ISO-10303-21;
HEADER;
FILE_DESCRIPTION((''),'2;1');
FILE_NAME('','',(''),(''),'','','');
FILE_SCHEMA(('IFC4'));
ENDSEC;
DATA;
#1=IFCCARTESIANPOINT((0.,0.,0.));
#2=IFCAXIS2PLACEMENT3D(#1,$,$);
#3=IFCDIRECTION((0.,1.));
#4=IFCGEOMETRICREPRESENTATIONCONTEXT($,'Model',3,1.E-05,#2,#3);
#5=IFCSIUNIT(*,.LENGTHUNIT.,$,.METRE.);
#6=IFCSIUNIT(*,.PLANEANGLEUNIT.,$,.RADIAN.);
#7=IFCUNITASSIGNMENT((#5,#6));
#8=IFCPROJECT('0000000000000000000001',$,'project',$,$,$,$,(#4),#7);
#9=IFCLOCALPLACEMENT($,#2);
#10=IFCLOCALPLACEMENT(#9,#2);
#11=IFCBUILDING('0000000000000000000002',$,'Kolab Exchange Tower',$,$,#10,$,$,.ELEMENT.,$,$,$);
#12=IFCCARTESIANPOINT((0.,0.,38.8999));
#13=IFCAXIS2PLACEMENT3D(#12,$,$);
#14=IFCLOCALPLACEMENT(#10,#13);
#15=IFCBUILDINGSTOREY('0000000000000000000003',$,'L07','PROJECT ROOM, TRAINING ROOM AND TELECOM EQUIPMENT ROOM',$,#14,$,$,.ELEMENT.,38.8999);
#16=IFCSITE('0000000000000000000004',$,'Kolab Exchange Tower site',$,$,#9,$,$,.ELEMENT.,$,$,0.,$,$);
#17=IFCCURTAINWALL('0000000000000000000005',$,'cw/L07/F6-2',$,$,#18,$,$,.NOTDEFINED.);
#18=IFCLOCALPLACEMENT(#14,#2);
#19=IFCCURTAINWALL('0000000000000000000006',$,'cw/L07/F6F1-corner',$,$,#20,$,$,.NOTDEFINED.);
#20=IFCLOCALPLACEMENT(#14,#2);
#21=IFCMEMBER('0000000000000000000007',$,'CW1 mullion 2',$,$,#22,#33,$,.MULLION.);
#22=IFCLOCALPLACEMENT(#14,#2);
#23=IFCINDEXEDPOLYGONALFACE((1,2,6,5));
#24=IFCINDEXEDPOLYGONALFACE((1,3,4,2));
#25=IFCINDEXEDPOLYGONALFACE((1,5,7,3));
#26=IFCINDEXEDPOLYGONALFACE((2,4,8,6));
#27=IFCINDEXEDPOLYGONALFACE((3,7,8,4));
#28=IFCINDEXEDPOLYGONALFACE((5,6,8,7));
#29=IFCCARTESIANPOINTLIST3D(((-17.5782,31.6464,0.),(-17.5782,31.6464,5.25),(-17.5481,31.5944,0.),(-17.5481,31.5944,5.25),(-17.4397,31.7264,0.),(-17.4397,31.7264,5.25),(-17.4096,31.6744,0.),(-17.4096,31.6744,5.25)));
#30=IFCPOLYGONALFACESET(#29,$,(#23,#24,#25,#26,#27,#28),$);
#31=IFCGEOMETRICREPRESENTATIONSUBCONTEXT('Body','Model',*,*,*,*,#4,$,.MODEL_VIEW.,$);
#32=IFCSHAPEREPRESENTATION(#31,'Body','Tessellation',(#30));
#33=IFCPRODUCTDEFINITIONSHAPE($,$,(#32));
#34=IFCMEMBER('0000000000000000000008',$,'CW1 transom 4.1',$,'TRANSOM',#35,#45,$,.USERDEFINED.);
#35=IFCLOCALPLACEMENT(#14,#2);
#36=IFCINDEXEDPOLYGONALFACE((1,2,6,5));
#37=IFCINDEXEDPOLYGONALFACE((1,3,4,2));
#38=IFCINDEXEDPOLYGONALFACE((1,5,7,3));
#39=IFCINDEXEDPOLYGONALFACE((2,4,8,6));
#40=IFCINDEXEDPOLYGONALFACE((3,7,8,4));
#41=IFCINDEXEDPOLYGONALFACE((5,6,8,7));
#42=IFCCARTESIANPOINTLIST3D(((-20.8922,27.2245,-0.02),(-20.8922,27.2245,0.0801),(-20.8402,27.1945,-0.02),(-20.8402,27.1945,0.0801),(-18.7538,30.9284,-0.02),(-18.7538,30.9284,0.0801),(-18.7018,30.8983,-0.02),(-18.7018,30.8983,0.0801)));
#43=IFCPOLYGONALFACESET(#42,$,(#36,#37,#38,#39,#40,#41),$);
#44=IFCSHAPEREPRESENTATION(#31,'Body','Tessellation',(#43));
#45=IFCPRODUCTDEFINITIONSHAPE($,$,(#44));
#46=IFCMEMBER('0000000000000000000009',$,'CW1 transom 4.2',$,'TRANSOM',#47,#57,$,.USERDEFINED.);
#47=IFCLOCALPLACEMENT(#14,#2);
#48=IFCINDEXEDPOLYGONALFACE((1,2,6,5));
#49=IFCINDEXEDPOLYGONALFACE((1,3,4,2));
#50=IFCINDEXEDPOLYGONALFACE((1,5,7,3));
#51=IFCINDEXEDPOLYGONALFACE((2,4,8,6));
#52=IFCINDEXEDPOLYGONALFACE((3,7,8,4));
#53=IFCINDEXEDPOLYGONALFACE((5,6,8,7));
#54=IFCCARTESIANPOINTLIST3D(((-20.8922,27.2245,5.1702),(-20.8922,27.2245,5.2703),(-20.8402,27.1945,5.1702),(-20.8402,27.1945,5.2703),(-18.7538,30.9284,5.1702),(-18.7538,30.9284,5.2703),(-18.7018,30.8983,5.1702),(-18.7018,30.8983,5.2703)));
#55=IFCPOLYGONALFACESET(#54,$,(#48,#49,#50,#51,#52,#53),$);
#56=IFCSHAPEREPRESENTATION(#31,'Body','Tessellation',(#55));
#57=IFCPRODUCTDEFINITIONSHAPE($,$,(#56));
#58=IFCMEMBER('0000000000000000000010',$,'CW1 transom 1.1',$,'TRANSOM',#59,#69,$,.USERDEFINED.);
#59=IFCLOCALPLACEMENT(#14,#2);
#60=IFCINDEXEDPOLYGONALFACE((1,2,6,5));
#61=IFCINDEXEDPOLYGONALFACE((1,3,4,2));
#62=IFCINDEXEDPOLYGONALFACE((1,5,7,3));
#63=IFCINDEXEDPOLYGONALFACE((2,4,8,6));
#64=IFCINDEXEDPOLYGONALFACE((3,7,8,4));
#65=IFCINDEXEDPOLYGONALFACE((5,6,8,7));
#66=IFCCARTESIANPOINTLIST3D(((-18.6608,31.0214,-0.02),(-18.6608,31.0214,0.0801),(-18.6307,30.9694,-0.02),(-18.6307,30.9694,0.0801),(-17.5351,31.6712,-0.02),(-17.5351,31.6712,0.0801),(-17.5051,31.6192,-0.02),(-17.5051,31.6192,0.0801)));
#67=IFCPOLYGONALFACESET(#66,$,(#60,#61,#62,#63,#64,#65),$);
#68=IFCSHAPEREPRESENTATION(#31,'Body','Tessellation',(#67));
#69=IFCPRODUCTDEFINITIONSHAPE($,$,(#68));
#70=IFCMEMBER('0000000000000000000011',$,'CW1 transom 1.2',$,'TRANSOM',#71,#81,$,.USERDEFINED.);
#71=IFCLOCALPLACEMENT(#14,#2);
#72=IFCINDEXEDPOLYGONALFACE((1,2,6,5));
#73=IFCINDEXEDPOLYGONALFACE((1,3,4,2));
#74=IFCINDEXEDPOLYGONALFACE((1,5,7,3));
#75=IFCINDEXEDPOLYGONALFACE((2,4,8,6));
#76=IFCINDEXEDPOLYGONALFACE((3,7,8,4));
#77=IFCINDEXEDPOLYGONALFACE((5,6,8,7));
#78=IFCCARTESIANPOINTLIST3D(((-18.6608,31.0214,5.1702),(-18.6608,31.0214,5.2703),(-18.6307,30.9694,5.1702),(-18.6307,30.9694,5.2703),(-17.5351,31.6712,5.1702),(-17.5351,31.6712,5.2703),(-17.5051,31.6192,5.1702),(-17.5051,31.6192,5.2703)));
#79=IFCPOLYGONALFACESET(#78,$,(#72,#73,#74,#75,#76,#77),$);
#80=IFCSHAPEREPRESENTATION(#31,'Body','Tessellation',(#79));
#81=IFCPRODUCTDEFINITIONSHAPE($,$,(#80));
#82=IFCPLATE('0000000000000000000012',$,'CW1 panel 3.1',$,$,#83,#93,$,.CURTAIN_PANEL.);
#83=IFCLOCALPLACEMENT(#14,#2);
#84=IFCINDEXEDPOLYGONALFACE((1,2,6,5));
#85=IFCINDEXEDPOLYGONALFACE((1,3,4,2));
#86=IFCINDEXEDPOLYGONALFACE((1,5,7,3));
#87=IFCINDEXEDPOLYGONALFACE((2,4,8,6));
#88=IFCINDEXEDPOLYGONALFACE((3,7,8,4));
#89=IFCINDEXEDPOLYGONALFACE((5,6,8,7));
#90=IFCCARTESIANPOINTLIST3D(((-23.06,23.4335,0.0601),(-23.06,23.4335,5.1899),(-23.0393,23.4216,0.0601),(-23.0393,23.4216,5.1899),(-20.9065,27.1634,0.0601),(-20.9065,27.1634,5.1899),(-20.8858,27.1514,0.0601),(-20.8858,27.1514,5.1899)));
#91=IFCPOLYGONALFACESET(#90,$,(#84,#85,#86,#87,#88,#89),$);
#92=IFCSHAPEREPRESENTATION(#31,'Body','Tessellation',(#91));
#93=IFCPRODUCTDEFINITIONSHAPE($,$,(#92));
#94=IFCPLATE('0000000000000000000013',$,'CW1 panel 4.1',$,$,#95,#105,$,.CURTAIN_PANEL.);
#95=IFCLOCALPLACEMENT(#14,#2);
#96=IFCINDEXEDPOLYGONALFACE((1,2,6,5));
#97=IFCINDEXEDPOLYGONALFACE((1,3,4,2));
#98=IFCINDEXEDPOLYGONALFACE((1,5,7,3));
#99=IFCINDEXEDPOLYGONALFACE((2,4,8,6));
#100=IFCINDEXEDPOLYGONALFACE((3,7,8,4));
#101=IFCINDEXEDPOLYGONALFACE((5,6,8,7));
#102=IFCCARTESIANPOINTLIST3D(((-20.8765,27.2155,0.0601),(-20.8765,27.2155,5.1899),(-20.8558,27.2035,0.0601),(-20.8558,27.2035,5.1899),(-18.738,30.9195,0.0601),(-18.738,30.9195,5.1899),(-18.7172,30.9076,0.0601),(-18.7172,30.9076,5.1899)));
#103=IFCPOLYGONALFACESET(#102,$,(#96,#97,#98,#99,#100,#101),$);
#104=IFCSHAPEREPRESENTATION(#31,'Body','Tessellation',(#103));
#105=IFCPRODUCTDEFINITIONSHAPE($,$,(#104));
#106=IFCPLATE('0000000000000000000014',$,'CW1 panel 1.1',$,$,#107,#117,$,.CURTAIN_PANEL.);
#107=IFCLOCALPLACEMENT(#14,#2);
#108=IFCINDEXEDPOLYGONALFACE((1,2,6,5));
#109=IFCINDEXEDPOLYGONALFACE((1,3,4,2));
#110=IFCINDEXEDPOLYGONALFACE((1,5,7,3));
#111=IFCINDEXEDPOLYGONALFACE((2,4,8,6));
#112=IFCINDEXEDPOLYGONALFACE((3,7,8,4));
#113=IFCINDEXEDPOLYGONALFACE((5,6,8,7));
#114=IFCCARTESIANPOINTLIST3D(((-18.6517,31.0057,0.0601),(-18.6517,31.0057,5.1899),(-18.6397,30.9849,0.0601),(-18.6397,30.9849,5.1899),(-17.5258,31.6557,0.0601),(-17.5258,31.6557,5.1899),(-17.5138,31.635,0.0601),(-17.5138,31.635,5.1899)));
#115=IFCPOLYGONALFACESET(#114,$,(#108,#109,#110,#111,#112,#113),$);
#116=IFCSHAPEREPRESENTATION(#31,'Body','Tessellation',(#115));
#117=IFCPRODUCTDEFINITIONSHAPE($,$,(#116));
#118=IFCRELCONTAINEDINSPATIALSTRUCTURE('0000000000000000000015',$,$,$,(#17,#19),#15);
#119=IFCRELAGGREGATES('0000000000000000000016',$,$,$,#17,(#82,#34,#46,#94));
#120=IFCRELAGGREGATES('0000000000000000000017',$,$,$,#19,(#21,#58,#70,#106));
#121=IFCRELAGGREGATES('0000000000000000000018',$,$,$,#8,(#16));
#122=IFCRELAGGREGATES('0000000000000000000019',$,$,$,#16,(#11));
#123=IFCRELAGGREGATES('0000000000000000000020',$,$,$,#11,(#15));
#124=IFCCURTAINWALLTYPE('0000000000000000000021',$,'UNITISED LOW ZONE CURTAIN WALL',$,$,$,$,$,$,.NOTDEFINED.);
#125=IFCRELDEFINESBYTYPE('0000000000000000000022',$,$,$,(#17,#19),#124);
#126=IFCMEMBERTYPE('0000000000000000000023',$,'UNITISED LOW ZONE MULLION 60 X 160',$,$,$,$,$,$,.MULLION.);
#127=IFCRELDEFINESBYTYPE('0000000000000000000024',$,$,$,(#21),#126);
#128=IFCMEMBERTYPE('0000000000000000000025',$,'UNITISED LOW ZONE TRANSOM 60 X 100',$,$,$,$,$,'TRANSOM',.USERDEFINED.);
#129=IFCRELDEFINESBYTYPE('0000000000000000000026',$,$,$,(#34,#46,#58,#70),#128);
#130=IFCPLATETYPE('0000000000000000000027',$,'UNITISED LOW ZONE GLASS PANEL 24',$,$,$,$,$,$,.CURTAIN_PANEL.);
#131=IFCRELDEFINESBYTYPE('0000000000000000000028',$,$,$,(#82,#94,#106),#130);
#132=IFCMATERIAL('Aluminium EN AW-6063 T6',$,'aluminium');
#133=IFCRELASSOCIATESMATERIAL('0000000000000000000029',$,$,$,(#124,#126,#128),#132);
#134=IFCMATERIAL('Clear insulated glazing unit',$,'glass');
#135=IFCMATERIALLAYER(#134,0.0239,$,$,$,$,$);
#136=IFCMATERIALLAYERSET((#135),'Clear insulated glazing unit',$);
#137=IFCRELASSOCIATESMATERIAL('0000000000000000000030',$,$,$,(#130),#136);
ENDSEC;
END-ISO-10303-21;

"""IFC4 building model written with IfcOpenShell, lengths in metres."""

from ifc_helpers import new_model, si_unit, direction, frame, origin, origin_2d, place, context, subcontext, project, spatial, rectangle, extrude, material, layer, layer_set, material_profile, profile_set, type_object, element, aggregate, save


model = new_model("IFC4")

# Units and contexts
model_context = context("Model", 3, precision=1e-05, world=origin(), true_north=direction((0.0, 1.0)))
body_context = subcontext(model_context, "Body", "Model", "MODEL_VIEW")
ifc_project = project(units=[si_unit("LENGTHUNIT", "METRE"), si_unit("PLANEANGLEUNIT", "RADIAN")], contexts=[model_context])

# Site, building, storey
site_placement = place(None, origin())
site = spatial("IfcSite", under=ifc_project, at=site_placement, Name="Kolab Exchange Tower site", CompositionType="ELEMENT", RefElevation=0.0)
building_placement = place(site_placement, origin())
building = spatial("IfcBuilding", under=site, at=building_placement, Name="Kolab Exchange Tower", CompositionType="ELEMENT")
storey_placement = place(building_placement, frame((0.0, 0.0, 38.8999)))
storey = spatial("IfcBuildingStorey", under=building, at=storey_placement, Name="L07", Description="PROJECT ROOM, TRAINING ROOM AND TELECOM EQUIPMENT ROOM", CompositionType="ELEMENT", Elevation=38.8999)

# Curtain walls, member
ifc_material_1 = material(Name="Aluminium EN AW-6063 T6", Category="aluminium")
curtain_wall_type = type_object("IfcCurtainWallType", Name="UNITISED LOW ZONE CURTAIN WALL", PredefinedType="NOTDEFINED", material=ifc_material_1)
curtain_wall_1_placement = place(storey_placement, origin())
curtain_wall_1 = element("IfcCurtainWall", 1, at=curtain_wall_1_placement, inside=storey, type_object=curtain_wall_type, Name="cw/L07/F6-2", PredefinedType="NOTDEFINED")
ifc_material_profile_1 = material_profile(ifc_material_1, rectangle(XDim=0.0601, YDim=0.1599, at=origin_2d()), Name="RECT 60X160")
ifc_profile_set_1 = profile_set([ifc_material_profile_1], Name="Aluminium EN AW-6063 T6")
member_type_1 = type_object("IfcMemberType", Name="UNITISED LOW ZONE MULLION 60 X 160", PredefinedType="MULLION", material=ifc_profile_set_1)
curtain_wall_2_placement = place(storey_placement, origin())
curtain_wall_2 = element("IfcCurtainWall", 2, at=curtain_wall_2_placement, inside=storey, type_object=curtain_wall_type, Name="cw/L07/F6F1-corner", PredefinedType="NOTDEFINED")
member_1_placement = place(storey_placement, frame((-17.4939, 31.6604, 0.0), z_axis=(0.0, 0.0, 1.0), x_axis=(-0.5, 0.866025, 0.0)))
member_1 = element("IfcMember", 3, at=member_1_placement, type_object=member_type_1, Name="CW1 mullion 2", PredefinedType="MULLION", context=body_context, shape_type="SweptSolid", body=[
    extrude(rectangle(XDim=0.0601, YDim=0.1599, at=origin_2d()), origin(), (0.0, 0.0, 1.0), 5.25),
])

# Members
ifc_material_profile_2 = material_profile(ifc_material_1, rectangle(XDim=0.0601, YDim=0.1001, at=origin_2d()), Name="RECT 60X100")
ifc_profile_set_2 = profile_set([ifc_material_profile_2], Name="Aluminium EN AW-6063 T6")
member_type_2 = type_object("IfcMemberType", Name="UNITISED LOW ZONE TRANSOM 60 X 100", ElementType="TRANSOM", PredefinedType="USERDEFINED", material=ifc_profile_set_2)
member_2_placement = place(storey_placement, frame((-20.8662, 27.2095, 0.03), z_axis=(0.500001, 0.866025, 0.0), x_axis=(-0.866025, 0.500001, 0.0)))
member_2 = element("IfcMember", 4, at=member_2_placement, type_object=member_type_2, Name="CW1 transom 4.1", ObjectType="TRANSOM", PredefinedType="USERDEFINED", context=body_context, shape_type="SweptSolid", body=[
    extrude(rectangle(XDim=0.0601, YDim=0.1001, at=origin_2d()), origin(), (0.0, 0.0, 1.0), 4.2769),
])
member_3_placement = place(storey_placement, frame((-20.8662, 27.2095, 5.2202), z_axis=(0.500001, 0.866025, 0.0), x_axis=(-0.866025, 0.500001, 0.0)))
member_3 = element("IfcMember", 5, at=member_3_placement, type_object=member_type_2, Name="CW1 transom 4.2", ObjectType="TRANSOM", PredefinedType="USERDEFINED", context=body_context, shape_type="SweptSolid", body=[
    extrude(rectangle(XDim=0.0601, YDim=0.1001, at=origin_2d()), origin(), (0.0, 0.0, 1.0), 4.2769),
])
member_4_placement = place(storey_placement, frame((-18.6458, 30.9954, 0.03), z_axis=(0.866039, 0.499977, 0.0), x_axis=(-0.499977, 0.866039, 0.0)))
member_4 = element("IfcMember", 6, at=member_4_placement, type_object=member_type_2, Name="CW1 transom 1.1", ObjectType="TRANSOM", PredefinedType="USERDEFINED", context=body_context, shape_type="SweptSolid", body=[
    extrude(rectangle(XDim=0.0601, YDim=0.1001, at=origin_2d()), origin(), (0.0, 0.0, 1.0), 1.2998),
])
member_5_placement = place(storey_placement, frame((-18.6458, 30.9954, 5.2202), z_axis=(0.866039, 0.499977, 0.0), x_axis=(-0.499977, 0.866039, 0.0)))
member_5 = element("IfcMember", 7, at=member_5_placement, type_object=member_type_2, Name="CW1 transom 1.2", ObjectType="TRANSOM", PredefinedType="USERDEFINED", context=body_context, shape_type="SweptSolid", body=[
    extrude(rectangle(XDim=0.0601, YDim=0.1001, at=origin_2d()), origin(), (0.0, 0.0, 1.0), 1.2998),
])

# Plates
ifc_material_2 = material(Name="Clear insulated glazing unit", Category="glass")
ifc_layer_1 = layer(ifc_material_2, 0.0239)
ifc_layer_set_1 = layer_set([ifc_layer_1], Name="Clear insulated glazing unit")
plate_type = type_object("IfcPlateType", Name="UNITISED LOW ZONE GLASS PANEL 24", PredefinedType="CURTAIN_PANEL", material=ifc_layer_set_1)
plate_1_placement = place(storey_placement, frame((-21.9729, 25.2925, 0.0601), z_axis=(0.0, 0.0, 1.0), x_axis=(0.5, 0.866025, 0.0)))
plate_1 = element("IfcPlate", 8, at=plate_1_placement, type_object=plate_type, Name="CW1 panel 3.1", PredefinedType="CURTAIN_PANEL", context=body_context, shape_type="SweptSolid", body=[
    extrude(rectangle(XDim=4.3069, YDim=0.0239, at=origin_2d()), origin(), (0.0, 0.0, 1.0), 5.1299),
])
plate_2_placement = place(storey_placement, frame((-19.7969, 29.0615, 0.0601), z_axis=(0.0, 0.0, 1.0), x_axis=(0.5, 0.866025, 0.0)))
plate_2 = element("IfcPlate", 9, at=plate_2_placement, type_object=plate_type, Name="CW1 panel 4.1", PredefinedType="CURTAIN_PANEL", context=body_context, shape_type="SweptSolid", body=[
    extrude(rectangle(XDim=4.2771, YDim=0.0239, at=origin_2d()), origin(), (0.0, 0.0, 1.0), 5.1299),
])
aggregate(curtain_wall_1, [plate_1, member_2, member_3, plate_2])
plate_3_placement = place(storey_placement, frame((-18.0828, 31.3203, 0.0601), z_axis=(0.0, 0.0, 1.0), x_axis=(0.866025, 0.5, 0.0)))
plate_3 = element("IfcPlate", 10, at=plate_3_placement, type_object=plate_type, Name="CW1 panel 1.1", PredefinedType="CURTAIN_PANEL", context=body_context, shape_type="SweptSolid", body=[
    extrude(rectangle(XDim=1.3, YDim=0.0239, at=origin_2d()), origin(), (0.0, 0.0, 1.0), 5.1299),
])
aggregate(curtain_wall_2, [member_1, member_4, member_5, plate_3])

save(model, "model.ifc")
